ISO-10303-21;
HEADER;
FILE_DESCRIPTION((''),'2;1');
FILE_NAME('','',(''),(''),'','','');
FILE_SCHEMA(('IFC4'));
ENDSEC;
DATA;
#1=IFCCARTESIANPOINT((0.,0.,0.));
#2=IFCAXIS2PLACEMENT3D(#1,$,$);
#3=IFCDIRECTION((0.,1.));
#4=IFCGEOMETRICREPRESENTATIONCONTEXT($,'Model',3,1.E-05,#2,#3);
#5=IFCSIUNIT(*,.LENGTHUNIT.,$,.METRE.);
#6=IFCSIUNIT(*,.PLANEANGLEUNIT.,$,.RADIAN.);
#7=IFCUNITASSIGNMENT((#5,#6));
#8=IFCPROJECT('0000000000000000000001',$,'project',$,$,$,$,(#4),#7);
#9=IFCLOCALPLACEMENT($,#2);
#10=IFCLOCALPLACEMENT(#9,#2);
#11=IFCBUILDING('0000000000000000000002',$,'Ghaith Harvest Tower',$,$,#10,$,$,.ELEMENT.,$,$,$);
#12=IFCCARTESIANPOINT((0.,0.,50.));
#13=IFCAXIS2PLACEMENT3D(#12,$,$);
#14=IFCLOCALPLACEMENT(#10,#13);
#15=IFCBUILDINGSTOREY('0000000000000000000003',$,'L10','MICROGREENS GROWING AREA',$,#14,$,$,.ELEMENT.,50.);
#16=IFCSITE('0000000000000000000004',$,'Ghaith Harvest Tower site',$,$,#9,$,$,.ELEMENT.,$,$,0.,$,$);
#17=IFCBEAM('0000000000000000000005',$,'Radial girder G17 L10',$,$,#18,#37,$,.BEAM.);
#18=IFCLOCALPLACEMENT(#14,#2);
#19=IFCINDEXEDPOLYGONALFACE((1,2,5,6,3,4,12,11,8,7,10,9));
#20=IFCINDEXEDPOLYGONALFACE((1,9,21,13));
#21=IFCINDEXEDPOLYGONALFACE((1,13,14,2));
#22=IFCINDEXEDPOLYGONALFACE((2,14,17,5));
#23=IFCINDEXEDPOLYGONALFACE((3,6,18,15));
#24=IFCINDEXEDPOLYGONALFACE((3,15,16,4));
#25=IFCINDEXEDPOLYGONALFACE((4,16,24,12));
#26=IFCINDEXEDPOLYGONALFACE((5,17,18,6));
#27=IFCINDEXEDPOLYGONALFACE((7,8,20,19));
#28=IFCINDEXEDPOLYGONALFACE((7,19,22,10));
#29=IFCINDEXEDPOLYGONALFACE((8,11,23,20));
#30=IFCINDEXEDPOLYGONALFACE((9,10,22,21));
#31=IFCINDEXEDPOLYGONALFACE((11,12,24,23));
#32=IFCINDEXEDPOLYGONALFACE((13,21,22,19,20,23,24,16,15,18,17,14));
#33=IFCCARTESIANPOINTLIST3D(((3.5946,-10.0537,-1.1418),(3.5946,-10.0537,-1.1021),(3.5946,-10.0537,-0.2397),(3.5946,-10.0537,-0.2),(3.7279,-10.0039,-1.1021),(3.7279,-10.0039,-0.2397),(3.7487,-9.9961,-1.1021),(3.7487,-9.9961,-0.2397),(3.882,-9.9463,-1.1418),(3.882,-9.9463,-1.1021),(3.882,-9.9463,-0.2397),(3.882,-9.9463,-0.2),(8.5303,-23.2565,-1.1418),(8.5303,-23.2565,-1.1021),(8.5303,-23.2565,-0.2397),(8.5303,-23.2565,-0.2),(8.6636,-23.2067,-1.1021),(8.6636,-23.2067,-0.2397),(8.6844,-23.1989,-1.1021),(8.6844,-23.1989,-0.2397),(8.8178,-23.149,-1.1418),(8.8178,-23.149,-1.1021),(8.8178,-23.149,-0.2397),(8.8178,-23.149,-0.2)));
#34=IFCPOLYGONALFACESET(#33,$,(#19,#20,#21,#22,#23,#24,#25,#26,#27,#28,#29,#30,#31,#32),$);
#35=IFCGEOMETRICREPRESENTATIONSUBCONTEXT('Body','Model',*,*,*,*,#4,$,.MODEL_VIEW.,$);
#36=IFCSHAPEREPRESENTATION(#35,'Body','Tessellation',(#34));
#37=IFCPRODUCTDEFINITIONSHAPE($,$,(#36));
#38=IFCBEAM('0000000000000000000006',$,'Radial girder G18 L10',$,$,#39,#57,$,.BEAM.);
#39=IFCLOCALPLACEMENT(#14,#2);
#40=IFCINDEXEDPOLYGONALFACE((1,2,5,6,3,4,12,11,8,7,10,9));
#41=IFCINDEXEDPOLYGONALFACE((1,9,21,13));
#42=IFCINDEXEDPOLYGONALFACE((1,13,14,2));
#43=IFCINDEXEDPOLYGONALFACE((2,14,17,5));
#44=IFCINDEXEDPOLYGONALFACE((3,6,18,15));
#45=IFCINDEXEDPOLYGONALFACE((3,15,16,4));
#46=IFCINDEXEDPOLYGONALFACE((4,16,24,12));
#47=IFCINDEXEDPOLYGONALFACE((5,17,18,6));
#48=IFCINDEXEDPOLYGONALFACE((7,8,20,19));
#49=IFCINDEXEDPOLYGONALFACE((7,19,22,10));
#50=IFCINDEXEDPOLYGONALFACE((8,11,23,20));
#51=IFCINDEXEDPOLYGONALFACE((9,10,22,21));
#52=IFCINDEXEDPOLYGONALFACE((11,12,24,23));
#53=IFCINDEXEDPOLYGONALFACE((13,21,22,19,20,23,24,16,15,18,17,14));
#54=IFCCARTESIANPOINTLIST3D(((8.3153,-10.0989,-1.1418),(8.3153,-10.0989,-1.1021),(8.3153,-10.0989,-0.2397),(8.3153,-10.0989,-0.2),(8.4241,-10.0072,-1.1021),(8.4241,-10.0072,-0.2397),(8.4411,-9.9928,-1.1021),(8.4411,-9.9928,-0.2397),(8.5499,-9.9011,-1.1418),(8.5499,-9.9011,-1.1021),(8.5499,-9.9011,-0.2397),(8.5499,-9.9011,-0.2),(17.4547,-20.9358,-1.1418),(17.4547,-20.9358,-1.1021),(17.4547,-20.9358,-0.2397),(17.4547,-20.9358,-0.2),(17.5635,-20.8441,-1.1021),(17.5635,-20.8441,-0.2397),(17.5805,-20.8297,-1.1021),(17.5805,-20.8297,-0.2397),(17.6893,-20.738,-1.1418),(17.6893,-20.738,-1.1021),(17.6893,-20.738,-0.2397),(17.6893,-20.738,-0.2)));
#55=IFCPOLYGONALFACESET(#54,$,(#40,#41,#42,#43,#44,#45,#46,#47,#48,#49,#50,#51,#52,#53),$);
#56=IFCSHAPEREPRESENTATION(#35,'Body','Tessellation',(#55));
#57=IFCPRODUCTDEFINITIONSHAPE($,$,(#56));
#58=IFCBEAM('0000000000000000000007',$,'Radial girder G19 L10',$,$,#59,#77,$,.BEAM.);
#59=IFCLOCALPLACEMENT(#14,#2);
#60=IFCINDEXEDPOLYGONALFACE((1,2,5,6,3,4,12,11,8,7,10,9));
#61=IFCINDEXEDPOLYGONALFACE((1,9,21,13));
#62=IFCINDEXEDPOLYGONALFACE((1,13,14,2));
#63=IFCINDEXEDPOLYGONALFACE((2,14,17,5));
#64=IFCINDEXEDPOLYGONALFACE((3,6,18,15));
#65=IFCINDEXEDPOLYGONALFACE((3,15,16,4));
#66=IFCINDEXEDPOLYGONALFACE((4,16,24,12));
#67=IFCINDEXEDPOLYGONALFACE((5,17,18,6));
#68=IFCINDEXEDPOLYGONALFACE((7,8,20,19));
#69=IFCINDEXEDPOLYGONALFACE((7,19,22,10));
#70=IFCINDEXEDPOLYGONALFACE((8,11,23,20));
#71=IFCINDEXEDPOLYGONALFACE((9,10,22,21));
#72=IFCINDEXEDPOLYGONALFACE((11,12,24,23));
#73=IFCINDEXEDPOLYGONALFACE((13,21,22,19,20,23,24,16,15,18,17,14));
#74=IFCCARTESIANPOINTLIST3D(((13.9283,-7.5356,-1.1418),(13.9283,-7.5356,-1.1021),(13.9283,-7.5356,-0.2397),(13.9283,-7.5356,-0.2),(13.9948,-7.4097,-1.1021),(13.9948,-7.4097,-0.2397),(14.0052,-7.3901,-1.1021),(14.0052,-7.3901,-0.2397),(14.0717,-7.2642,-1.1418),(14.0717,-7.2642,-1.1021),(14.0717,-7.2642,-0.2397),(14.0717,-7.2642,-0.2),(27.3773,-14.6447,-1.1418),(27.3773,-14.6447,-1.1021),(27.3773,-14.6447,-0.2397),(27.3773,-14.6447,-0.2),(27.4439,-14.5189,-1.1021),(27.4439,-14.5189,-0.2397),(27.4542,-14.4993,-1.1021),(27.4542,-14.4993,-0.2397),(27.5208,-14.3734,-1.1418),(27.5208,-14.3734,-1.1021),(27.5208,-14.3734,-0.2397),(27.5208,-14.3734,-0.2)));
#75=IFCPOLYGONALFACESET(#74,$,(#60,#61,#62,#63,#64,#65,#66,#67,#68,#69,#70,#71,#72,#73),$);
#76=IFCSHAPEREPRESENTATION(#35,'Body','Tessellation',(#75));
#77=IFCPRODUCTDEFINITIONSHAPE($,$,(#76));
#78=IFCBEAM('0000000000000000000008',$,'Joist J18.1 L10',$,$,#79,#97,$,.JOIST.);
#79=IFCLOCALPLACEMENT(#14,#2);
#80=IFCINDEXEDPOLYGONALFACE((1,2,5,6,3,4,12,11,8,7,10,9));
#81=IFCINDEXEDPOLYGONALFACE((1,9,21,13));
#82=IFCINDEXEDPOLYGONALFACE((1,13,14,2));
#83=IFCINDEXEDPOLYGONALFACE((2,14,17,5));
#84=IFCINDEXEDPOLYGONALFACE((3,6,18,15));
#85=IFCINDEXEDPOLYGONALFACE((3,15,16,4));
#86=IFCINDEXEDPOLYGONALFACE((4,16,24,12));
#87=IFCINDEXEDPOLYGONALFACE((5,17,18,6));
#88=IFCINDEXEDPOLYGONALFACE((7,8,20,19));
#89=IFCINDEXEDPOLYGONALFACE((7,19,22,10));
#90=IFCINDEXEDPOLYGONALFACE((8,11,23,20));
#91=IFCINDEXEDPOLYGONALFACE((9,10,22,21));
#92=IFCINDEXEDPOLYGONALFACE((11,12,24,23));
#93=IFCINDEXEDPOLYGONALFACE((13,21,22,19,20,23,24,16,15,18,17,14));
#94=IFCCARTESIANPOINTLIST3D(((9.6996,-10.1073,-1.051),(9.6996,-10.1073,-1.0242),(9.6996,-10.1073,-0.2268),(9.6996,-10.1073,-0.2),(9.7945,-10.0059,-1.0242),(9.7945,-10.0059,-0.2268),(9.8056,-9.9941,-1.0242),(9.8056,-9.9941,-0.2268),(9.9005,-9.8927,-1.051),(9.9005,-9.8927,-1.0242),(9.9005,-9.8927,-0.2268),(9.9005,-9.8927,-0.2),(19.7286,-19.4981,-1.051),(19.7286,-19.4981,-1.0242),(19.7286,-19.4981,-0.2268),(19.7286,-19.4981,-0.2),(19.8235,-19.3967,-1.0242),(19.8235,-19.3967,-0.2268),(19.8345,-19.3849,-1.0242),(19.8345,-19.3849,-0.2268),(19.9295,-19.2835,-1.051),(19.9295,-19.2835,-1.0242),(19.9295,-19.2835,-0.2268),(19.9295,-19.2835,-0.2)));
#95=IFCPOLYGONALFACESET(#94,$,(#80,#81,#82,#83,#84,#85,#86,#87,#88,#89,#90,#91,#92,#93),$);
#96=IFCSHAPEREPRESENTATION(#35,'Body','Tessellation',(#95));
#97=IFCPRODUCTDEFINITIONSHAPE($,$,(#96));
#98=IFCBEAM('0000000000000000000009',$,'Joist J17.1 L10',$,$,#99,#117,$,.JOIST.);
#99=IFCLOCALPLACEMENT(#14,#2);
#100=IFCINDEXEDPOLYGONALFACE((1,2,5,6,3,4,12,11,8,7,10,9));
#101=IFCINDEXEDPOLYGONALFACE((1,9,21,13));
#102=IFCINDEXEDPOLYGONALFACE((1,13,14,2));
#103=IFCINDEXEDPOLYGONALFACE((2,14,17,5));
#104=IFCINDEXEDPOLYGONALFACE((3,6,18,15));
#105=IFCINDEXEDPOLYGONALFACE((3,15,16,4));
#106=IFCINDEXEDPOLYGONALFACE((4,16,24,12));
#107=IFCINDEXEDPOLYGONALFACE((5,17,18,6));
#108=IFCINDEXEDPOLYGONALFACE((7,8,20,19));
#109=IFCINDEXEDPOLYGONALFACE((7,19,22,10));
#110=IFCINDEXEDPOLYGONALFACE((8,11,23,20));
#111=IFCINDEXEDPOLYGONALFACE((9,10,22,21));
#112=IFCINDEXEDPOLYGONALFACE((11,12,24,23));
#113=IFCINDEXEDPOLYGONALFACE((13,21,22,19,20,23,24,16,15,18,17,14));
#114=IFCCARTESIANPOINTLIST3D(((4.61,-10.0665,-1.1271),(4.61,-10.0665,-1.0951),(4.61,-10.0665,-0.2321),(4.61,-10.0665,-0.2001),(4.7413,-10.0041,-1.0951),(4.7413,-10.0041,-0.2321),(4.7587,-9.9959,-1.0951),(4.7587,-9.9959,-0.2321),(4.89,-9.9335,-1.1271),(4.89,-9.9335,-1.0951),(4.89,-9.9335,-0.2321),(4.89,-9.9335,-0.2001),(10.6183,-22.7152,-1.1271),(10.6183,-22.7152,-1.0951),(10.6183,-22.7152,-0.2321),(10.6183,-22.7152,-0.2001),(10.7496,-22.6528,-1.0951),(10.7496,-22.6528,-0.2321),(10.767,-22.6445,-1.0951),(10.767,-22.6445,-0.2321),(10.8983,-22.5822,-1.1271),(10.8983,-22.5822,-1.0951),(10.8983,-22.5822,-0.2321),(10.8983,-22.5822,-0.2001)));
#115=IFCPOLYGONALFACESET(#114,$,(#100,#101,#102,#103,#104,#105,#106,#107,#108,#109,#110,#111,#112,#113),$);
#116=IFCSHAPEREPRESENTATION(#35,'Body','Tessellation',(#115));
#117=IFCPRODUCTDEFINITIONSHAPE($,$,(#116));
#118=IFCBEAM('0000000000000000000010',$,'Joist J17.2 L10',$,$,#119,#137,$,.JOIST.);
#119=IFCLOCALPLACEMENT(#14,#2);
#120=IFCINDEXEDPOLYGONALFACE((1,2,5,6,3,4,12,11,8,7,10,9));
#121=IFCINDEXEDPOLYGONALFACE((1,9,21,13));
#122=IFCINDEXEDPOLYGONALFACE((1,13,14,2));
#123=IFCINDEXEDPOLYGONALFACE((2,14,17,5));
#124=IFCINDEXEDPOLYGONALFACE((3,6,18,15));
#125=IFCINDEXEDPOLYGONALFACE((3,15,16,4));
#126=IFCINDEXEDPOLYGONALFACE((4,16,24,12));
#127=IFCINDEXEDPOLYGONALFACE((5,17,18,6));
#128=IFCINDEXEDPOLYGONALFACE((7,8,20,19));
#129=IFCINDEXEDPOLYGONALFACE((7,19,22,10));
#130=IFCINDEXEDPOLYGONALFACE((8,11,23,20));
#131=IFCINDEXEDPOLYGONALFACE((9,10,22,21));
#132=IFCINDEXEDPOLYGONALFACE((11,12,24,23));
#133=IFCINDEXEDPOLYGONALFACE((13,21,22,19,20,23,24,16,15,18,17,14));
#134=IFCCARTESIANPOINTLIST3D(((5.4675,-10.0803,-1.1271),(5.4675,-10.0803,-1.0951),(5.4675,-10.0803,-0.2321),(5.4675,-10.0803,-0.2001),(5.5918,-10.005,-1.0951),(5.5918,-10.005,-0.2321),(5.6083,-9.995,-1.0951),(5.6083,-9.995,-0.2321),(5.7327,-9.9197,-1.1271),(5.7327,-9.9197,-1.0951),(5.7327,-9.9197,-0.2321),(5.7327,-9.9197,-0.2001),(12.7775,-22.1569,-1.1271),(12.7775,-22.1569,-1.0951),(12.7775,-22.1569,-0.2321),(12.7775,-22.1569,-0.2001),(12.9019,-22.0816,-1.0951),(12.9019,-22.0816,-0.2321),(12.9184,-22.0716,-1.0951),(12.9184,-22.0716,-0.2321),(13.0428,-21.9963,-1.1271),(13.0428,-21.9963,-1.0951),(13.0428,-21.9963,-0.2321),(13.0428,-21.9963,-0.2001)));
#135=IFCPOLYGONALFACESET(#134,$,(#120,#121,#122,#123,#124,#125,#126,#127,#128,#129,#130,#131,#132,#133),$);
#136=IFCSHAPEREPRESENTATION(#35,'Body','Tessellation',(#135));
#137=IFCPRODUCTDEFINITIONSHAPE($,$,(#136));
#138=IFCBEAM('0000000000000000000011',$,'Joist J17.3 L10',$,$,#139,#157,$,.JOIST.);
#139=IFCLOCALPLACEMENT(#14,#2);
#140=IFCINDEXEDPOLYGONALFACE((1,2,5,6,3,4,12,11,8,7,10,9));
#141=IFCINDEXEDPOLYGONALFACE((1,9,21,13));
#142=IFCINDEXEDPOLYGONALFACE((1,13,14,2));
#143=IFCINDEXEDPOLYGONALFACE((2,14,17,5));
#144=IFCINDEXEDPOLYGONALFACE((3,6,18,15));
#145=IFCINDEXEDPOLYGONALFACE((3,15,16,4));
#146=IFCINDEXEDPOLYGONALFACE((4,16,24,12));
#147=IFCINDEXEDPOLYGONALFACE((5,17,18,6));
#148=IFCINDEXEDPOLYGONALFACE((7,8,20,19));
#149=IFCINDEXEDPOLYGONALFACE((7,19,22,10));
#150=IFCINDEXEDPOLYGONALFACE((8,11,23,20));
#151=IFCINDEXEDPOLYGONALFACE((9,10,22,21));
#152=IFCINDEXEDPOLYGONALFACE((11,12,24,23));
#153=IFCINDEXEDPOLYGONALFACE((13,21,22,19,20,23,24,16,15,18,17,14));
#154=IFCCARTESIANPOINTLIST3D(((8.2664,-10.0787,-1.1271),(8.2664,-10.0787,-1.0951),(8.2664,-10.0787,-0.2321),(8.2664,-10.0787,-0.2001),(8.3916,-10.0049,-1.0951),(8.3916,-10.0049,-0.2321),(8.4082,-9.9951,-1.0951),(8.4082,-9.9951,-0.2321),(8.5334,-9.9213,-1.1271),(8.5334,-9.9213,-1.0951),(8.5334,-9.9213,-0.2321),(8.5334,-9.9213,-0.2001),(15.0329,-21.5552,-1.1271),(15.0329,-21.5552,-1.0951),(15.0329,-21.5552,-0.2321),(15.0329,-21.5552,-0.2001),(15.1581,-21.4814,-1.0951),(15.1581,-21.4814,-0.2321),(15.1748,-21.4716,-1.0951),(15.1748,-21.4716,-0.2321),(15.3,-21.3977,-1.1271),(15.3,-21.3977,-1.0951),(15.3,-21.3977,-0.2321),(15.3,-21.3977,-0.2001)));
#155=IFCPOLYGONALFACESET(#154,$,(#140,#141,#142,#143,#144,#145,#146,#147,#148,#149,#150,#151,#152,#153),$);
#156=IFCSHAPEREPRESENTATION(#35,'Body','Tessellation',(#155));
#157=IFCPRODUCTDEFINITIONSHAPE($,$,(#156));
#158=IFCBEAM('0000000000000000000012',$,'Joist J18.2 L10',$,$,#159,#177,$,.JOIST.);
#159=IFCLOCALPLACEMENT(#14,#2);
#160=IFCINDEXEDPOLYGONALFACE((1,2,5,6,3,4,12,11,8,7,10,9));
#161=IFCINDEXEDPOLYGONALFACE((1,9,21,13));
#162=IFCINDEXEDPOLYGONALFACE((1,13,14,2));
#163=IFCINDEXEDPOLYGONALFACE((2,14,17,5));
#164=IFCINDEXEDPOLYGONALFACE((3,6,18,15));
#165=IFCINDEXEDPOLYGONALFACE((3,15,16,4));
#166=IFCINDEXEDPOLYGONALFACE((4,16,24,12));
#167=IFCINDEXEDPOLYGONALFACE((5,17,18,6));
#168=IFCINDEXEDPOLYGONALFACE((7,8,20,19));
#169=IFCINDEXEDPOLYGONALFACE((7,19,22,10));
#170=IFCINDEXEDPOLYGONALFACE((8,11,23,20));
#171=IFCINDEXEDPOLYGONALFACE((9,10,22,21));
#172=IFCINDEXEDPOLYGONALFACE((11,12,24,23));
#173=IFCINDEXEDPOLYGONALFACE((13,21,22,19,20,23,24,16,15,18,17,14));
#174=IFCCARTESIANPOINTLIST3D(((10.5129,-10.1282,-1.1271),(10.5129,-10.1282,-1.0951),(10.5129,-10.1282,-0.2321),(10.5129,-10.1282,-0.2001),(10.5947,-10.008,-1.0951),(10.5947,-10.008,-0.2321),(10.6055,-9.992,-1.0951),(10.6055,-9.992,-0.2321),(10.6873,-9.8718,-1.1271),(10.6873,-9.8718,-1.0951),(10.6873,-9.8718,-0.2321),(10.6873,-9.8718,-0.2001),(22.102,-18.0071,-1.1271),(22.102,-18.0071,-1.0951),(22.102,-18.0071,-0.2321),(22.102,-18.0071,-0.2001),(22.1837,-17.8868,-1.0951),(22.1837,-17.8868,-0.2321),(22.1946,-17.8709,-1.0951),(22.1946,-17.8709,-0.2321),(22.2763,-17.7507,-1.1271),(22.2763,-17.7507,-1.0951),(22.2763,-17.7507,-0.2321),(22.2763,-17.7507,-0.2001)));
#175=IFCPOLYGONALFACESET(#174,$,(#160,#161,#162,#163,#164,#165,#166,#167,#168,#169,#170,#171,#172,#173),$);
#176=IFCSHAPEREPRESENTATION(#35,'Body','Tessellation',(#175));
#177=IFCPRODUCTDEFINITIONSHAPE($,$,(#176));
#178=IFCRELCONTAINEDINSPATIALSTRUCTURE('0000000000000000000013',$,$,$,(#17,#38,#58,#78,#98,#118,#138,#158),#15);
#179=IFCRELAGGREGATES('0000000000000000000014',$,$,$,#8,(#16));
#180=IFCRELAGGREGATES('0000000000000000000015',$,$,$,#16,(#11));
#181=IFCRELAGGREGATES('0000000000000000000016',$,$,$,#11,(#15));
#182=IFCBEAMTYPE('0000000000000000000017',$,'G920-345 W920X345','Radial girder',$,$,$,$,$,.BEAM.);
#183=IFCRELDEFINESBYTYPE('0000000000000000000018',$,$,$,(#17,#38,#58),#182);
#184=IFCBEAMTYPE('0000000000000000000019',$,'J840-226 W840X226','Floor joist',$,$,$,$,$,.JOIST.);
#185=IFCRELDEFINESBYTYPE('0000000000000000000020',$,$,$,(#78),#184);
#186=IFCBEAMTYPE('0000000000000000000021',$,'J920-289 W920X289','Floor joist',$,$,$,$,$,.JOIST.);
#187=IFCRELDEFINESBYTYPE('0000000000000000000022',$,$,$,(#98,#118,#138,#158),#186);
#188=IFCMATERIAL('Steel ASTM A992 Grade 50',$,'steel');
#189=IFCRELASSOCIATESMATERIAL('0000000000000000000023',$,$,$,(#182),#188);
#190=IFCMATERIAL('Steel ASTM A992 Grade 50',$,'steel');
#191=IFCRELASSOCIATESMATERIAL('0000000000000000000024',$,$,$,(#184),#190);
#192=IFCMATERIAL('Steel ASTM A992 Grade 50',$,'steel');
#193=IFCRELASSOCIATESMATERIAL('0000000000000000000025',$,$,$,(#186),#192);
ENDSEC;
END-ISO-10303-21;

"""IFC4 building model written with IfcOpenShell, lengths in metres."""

from ifc_helpers import new_model, si_unit, direction, frame, origin, origin_2d, place, context, subcontext, project, spatial, i_section, extrude, material, material_profile, profile_set, type_object, element, save


model = new_model("IFC4")

# Units and contexts
model_context = context("Model", 3, precision=1e-05, world=origin(), true_north=direction((0.0, 1.0)))
body_context = subcontext(model_context, "Body", "Model", "MODEL_VIEW")
ifc_project = project(units=[si_unit("LENGTHUNIT", "METRE"), si_unit("PLANEANGLEUNIT", "RADIAN")], contexts=[model_context])

# Site, building, storey
site_placement = place(None, origin())
site = spatial("IfcSite", under=ifc_project, at=site_placement, Name="Ghaith Harvest Tower site", CompositionType="ELEMENT", RefElevation=0.0)
building_placement = place(site_placement, origin())
building = spatial("IfcBuilding", under=site, at=building_placement, Name="Ghaith Harvest Tower", CompositionType="ELEMENT")
storey_placement = place(building_placement, frame((0.0, 0.0, 50.0)))
storey = spatial("IfcBuildingStorey", under=building, at=storey_placement, Name="L10", Description="MICROGREENS GROWING AREA", CompositionType="ELEMENT", Elevation=50.0)

# Beams
ifc_material_1 = material(Name="Steel ASTM A992 Grade 50", Category="steel")
ifc_material_profile_1 = material_profile(ifc_material_1, i_section(OverallWidth=0.3069, OverallDepth=0.9419, WebThickness=0.0222, FlangeThickness=0.0398, at=origin_2d()), Name="W920X345")
ifc_profile_set_1 = profile_set([ifc_material_profile_1], Name="Steel ASTM A992 Grade 50")
beam_type_1 = type_object("IfcBeamType", Name="G920-345 W920X345", Description="Radial girder", PredefinedType="BEAM", material=ifc_profile_set_1)
beam_1_placement = place(storey_placement, frame((3.7383, -10.0, -0.6709), z_axis=(0.350172, -0.936685, 0.0), x_axis=(0.936685, 0.350172, 0.0)))
element("IfcBeam", 1, at=beam_1_placement, inside=storey, type_object=beam_type_1, Name="Radial girder G17 L10", PredefinedType="BEAM", context=body_context, shape_type="SweptSolid", body=[
    extrude(i_section(OverallWidth=0.3069, OverallDepth=0.9419, WebThickness=0.0222, FlangeThickness=0.0398, at=origin_2d()), origin(), (0.0, 0.0, 1.0), 14.0952),
])
beam_2_placement = place(storey_placement, frame((8.4326, -10.0, -0.6709), z_axis=(0.644696, -0.764439, 0.0), x_axis=(0.764439, 0.644696, 0.0)))
element("IfcBeam", 2, at=beam_2_placement, inside=storey, type_object=beam_type_1, Name="Radial girder G18 L10", PredefinedType="BEAM", context=body_context, shape_type="SweptSolid", body=[
    extrude(i_section(OverallWidth=0.3069, OverallDepth=0.9419, WebThickness=0.0222, FlangeThickness=0.0398, at=origin_2d()), origin(), (0.0, 0.0, 1.0), 14.1763),
])
beam_3_placement = place(storey_placement, frame((14.0, -7.3999, -0.6709), z_axis=(0.884084, -0.467327, 0.0), x_axis=(0.467327, 0.884084, 0.0)))
element("IfcBeam", 3, at=beam_3_placement, inside=storey, type_object=beam_type_1, Name="Radial girder G19 L10", PredefinedType="BEAM", context=body_context, shape_type="SweptSolid", body=[
    extrude(i_section(OverallWidth=0.3069, OverallDepth=0.9419, WebThickness=0.0222, FlangeThickness=0.0398, at=origin_2d()), origin(), (0.0, 0.0, 1.0), 15.2124),
])
ifc_material_2 = material(Name="Steel ASTM A992 Grade 50", Category="steel")
ifc_material_profile_2 = material_profile(ifc_material_2, i_section(OverallWidth=0.2939, OverallDepth=0.8511, WebThickness=0.0161, FlangeThickness=0.0269, at=origin_2d()), Name="W840X226")
ifc_profile_set_2 = profile_set([ifc_material_profile_2], Name="Steel ASTM A992 Grade 50")
beam_type_2 = type_object("IfcBeamType", Name="J840-226 W840X226", Description="Floor joist", PredefinedType="JOIST", material=ifc_profile_set_2)
beam_4_placement = place(storey_placement, frame((9.8, -10.0, -0.6255), z_axis=(0.72995, -0.683501, 0.0), x_axis=(0.683501, 0.72995, 0.0)))
element("IfcBeam", 4, at=beam_4_placement, inside=storey, type_object=beam_type_2, Name="Joist J18.1 L10", PredefinedType="JOIST", context=body_context, shape_type="SweptSolid", body=[
    extrude(i_section(OverallWidth=0.2939, OverallDepth=0.8511, WebThickness=0.0161, FlangeThickness=0.0269, at=origin_2d()), origin(), (0.0, 0.0, 1.0), 13.7393),
])
ifc_material_3 = material(Name="Steel ASTM A992 Grade 50", Category="steel")
ifc_material_profile_3 = material_profile(ifc_material_3, i_section(OverallWidth=0.3101, OverallDepth=0.927, WebThickness=0.0193, FlangeThickness=0.032, at=origin_2d()), Name="W920X289")
ifc_profile_set_3 = profile_set([ifc_material_profile_3], Name="Steel ASTM A992 Grade 50")
beam_type_3 = type_object("IfcBeamType", Name="J920-289 W920X289", Description="Floor joist", PredefinedType="JOIST", material=ifc_profile_set_3)
beam_5_placement = place(storey_placement, frame((4.75, -10.0, -0.6636), z_axis=(0.429067, -0.903273, 0.0), x_axis=(0.903273, 0.429067, 0.0)))
element("IfcBeam", 5, at=beam_5_placement, inside=storey, type_object=beam_type_3, Name="Joist J17.1 L10", PredefinedType="JOIST", context=body_context, shape_type="SweptSolid", body=[
    extrude(i_section(OverallWidth=0.3101, OverallDepth=0.927, WebThickness=0.0193, FlangeThickness=0.032, at=origin_2d()), origin(), (0.0, 0.0, 1.0), 14.0032),
])
beam_6_placement = place(storey_placement, frame((5.6001, -10.0, -0.6636), z_axis=(0.517829, -0.855484, 0.0), x_axis=(0.855484, 0.517829, 0.0)))
element("IfcBeam", 6, at=beam_6_placement, inside=storey, type_object=beam_type_3, Name="Joist J17.2 L10", PredefinedType="JOIST", context=body_context, shape_type="SweptSolid", body=[
    extrude(i_section(OverallWidth=0.3101, OverallDepth=0.927, WebThickness=0.0193, FlangeThickness=0.032, at=origin_2d()), origin(), (0.0, 0.0, 1.0), 14.1167),
])
beam_7_placement = place(storey_placement, frame((8.3999, -10.0, -0.6636), z_axis=(0.507894, -0.861419, 0.0), x_axis=(0.861419, 0.507894, 0.0)))
element("IfcBeam", 7, at=beam_7_placement, inside=storey, type_object=beam_type_3, Name="Joist J17.3 L10", PredefinedType="JOIST", context=body_context, shape_type="SweptSolid", body=[
    extrude(i_section(OverallWidth=0.3101, OverallDepth=0.927, WebThickness=0.0193, FlangeThickness=0.032, at=origin_2d()), origin(), (0.0, 0.0, 1.0), 13.3228),
])
beam_8_placement = place(storey_placement, frame((10.6001, -10.0, -0.6636), z_axis=(0.826983, -0.562228, 0.0), x_axis=(0.562228, 0.826983, 0.0)))
element("IfcBeam", 8, at=beam_8_placement, inside=storey, type_object=beam_type_3, Name="Joist J18.2 L10", PredefinedType="JOIST", context=body_context, shape_type="SweptSolid", body=[
    extrude(i_section(OverallWidth=0.3101, OverallDepth=0.927, WebThickness=0.0193, FlangeThickness=0.032, at=origin_2d()), origin(), (0.0, 0.0, 1.0), 14.0137),
])

save(model, "model.ifc")
